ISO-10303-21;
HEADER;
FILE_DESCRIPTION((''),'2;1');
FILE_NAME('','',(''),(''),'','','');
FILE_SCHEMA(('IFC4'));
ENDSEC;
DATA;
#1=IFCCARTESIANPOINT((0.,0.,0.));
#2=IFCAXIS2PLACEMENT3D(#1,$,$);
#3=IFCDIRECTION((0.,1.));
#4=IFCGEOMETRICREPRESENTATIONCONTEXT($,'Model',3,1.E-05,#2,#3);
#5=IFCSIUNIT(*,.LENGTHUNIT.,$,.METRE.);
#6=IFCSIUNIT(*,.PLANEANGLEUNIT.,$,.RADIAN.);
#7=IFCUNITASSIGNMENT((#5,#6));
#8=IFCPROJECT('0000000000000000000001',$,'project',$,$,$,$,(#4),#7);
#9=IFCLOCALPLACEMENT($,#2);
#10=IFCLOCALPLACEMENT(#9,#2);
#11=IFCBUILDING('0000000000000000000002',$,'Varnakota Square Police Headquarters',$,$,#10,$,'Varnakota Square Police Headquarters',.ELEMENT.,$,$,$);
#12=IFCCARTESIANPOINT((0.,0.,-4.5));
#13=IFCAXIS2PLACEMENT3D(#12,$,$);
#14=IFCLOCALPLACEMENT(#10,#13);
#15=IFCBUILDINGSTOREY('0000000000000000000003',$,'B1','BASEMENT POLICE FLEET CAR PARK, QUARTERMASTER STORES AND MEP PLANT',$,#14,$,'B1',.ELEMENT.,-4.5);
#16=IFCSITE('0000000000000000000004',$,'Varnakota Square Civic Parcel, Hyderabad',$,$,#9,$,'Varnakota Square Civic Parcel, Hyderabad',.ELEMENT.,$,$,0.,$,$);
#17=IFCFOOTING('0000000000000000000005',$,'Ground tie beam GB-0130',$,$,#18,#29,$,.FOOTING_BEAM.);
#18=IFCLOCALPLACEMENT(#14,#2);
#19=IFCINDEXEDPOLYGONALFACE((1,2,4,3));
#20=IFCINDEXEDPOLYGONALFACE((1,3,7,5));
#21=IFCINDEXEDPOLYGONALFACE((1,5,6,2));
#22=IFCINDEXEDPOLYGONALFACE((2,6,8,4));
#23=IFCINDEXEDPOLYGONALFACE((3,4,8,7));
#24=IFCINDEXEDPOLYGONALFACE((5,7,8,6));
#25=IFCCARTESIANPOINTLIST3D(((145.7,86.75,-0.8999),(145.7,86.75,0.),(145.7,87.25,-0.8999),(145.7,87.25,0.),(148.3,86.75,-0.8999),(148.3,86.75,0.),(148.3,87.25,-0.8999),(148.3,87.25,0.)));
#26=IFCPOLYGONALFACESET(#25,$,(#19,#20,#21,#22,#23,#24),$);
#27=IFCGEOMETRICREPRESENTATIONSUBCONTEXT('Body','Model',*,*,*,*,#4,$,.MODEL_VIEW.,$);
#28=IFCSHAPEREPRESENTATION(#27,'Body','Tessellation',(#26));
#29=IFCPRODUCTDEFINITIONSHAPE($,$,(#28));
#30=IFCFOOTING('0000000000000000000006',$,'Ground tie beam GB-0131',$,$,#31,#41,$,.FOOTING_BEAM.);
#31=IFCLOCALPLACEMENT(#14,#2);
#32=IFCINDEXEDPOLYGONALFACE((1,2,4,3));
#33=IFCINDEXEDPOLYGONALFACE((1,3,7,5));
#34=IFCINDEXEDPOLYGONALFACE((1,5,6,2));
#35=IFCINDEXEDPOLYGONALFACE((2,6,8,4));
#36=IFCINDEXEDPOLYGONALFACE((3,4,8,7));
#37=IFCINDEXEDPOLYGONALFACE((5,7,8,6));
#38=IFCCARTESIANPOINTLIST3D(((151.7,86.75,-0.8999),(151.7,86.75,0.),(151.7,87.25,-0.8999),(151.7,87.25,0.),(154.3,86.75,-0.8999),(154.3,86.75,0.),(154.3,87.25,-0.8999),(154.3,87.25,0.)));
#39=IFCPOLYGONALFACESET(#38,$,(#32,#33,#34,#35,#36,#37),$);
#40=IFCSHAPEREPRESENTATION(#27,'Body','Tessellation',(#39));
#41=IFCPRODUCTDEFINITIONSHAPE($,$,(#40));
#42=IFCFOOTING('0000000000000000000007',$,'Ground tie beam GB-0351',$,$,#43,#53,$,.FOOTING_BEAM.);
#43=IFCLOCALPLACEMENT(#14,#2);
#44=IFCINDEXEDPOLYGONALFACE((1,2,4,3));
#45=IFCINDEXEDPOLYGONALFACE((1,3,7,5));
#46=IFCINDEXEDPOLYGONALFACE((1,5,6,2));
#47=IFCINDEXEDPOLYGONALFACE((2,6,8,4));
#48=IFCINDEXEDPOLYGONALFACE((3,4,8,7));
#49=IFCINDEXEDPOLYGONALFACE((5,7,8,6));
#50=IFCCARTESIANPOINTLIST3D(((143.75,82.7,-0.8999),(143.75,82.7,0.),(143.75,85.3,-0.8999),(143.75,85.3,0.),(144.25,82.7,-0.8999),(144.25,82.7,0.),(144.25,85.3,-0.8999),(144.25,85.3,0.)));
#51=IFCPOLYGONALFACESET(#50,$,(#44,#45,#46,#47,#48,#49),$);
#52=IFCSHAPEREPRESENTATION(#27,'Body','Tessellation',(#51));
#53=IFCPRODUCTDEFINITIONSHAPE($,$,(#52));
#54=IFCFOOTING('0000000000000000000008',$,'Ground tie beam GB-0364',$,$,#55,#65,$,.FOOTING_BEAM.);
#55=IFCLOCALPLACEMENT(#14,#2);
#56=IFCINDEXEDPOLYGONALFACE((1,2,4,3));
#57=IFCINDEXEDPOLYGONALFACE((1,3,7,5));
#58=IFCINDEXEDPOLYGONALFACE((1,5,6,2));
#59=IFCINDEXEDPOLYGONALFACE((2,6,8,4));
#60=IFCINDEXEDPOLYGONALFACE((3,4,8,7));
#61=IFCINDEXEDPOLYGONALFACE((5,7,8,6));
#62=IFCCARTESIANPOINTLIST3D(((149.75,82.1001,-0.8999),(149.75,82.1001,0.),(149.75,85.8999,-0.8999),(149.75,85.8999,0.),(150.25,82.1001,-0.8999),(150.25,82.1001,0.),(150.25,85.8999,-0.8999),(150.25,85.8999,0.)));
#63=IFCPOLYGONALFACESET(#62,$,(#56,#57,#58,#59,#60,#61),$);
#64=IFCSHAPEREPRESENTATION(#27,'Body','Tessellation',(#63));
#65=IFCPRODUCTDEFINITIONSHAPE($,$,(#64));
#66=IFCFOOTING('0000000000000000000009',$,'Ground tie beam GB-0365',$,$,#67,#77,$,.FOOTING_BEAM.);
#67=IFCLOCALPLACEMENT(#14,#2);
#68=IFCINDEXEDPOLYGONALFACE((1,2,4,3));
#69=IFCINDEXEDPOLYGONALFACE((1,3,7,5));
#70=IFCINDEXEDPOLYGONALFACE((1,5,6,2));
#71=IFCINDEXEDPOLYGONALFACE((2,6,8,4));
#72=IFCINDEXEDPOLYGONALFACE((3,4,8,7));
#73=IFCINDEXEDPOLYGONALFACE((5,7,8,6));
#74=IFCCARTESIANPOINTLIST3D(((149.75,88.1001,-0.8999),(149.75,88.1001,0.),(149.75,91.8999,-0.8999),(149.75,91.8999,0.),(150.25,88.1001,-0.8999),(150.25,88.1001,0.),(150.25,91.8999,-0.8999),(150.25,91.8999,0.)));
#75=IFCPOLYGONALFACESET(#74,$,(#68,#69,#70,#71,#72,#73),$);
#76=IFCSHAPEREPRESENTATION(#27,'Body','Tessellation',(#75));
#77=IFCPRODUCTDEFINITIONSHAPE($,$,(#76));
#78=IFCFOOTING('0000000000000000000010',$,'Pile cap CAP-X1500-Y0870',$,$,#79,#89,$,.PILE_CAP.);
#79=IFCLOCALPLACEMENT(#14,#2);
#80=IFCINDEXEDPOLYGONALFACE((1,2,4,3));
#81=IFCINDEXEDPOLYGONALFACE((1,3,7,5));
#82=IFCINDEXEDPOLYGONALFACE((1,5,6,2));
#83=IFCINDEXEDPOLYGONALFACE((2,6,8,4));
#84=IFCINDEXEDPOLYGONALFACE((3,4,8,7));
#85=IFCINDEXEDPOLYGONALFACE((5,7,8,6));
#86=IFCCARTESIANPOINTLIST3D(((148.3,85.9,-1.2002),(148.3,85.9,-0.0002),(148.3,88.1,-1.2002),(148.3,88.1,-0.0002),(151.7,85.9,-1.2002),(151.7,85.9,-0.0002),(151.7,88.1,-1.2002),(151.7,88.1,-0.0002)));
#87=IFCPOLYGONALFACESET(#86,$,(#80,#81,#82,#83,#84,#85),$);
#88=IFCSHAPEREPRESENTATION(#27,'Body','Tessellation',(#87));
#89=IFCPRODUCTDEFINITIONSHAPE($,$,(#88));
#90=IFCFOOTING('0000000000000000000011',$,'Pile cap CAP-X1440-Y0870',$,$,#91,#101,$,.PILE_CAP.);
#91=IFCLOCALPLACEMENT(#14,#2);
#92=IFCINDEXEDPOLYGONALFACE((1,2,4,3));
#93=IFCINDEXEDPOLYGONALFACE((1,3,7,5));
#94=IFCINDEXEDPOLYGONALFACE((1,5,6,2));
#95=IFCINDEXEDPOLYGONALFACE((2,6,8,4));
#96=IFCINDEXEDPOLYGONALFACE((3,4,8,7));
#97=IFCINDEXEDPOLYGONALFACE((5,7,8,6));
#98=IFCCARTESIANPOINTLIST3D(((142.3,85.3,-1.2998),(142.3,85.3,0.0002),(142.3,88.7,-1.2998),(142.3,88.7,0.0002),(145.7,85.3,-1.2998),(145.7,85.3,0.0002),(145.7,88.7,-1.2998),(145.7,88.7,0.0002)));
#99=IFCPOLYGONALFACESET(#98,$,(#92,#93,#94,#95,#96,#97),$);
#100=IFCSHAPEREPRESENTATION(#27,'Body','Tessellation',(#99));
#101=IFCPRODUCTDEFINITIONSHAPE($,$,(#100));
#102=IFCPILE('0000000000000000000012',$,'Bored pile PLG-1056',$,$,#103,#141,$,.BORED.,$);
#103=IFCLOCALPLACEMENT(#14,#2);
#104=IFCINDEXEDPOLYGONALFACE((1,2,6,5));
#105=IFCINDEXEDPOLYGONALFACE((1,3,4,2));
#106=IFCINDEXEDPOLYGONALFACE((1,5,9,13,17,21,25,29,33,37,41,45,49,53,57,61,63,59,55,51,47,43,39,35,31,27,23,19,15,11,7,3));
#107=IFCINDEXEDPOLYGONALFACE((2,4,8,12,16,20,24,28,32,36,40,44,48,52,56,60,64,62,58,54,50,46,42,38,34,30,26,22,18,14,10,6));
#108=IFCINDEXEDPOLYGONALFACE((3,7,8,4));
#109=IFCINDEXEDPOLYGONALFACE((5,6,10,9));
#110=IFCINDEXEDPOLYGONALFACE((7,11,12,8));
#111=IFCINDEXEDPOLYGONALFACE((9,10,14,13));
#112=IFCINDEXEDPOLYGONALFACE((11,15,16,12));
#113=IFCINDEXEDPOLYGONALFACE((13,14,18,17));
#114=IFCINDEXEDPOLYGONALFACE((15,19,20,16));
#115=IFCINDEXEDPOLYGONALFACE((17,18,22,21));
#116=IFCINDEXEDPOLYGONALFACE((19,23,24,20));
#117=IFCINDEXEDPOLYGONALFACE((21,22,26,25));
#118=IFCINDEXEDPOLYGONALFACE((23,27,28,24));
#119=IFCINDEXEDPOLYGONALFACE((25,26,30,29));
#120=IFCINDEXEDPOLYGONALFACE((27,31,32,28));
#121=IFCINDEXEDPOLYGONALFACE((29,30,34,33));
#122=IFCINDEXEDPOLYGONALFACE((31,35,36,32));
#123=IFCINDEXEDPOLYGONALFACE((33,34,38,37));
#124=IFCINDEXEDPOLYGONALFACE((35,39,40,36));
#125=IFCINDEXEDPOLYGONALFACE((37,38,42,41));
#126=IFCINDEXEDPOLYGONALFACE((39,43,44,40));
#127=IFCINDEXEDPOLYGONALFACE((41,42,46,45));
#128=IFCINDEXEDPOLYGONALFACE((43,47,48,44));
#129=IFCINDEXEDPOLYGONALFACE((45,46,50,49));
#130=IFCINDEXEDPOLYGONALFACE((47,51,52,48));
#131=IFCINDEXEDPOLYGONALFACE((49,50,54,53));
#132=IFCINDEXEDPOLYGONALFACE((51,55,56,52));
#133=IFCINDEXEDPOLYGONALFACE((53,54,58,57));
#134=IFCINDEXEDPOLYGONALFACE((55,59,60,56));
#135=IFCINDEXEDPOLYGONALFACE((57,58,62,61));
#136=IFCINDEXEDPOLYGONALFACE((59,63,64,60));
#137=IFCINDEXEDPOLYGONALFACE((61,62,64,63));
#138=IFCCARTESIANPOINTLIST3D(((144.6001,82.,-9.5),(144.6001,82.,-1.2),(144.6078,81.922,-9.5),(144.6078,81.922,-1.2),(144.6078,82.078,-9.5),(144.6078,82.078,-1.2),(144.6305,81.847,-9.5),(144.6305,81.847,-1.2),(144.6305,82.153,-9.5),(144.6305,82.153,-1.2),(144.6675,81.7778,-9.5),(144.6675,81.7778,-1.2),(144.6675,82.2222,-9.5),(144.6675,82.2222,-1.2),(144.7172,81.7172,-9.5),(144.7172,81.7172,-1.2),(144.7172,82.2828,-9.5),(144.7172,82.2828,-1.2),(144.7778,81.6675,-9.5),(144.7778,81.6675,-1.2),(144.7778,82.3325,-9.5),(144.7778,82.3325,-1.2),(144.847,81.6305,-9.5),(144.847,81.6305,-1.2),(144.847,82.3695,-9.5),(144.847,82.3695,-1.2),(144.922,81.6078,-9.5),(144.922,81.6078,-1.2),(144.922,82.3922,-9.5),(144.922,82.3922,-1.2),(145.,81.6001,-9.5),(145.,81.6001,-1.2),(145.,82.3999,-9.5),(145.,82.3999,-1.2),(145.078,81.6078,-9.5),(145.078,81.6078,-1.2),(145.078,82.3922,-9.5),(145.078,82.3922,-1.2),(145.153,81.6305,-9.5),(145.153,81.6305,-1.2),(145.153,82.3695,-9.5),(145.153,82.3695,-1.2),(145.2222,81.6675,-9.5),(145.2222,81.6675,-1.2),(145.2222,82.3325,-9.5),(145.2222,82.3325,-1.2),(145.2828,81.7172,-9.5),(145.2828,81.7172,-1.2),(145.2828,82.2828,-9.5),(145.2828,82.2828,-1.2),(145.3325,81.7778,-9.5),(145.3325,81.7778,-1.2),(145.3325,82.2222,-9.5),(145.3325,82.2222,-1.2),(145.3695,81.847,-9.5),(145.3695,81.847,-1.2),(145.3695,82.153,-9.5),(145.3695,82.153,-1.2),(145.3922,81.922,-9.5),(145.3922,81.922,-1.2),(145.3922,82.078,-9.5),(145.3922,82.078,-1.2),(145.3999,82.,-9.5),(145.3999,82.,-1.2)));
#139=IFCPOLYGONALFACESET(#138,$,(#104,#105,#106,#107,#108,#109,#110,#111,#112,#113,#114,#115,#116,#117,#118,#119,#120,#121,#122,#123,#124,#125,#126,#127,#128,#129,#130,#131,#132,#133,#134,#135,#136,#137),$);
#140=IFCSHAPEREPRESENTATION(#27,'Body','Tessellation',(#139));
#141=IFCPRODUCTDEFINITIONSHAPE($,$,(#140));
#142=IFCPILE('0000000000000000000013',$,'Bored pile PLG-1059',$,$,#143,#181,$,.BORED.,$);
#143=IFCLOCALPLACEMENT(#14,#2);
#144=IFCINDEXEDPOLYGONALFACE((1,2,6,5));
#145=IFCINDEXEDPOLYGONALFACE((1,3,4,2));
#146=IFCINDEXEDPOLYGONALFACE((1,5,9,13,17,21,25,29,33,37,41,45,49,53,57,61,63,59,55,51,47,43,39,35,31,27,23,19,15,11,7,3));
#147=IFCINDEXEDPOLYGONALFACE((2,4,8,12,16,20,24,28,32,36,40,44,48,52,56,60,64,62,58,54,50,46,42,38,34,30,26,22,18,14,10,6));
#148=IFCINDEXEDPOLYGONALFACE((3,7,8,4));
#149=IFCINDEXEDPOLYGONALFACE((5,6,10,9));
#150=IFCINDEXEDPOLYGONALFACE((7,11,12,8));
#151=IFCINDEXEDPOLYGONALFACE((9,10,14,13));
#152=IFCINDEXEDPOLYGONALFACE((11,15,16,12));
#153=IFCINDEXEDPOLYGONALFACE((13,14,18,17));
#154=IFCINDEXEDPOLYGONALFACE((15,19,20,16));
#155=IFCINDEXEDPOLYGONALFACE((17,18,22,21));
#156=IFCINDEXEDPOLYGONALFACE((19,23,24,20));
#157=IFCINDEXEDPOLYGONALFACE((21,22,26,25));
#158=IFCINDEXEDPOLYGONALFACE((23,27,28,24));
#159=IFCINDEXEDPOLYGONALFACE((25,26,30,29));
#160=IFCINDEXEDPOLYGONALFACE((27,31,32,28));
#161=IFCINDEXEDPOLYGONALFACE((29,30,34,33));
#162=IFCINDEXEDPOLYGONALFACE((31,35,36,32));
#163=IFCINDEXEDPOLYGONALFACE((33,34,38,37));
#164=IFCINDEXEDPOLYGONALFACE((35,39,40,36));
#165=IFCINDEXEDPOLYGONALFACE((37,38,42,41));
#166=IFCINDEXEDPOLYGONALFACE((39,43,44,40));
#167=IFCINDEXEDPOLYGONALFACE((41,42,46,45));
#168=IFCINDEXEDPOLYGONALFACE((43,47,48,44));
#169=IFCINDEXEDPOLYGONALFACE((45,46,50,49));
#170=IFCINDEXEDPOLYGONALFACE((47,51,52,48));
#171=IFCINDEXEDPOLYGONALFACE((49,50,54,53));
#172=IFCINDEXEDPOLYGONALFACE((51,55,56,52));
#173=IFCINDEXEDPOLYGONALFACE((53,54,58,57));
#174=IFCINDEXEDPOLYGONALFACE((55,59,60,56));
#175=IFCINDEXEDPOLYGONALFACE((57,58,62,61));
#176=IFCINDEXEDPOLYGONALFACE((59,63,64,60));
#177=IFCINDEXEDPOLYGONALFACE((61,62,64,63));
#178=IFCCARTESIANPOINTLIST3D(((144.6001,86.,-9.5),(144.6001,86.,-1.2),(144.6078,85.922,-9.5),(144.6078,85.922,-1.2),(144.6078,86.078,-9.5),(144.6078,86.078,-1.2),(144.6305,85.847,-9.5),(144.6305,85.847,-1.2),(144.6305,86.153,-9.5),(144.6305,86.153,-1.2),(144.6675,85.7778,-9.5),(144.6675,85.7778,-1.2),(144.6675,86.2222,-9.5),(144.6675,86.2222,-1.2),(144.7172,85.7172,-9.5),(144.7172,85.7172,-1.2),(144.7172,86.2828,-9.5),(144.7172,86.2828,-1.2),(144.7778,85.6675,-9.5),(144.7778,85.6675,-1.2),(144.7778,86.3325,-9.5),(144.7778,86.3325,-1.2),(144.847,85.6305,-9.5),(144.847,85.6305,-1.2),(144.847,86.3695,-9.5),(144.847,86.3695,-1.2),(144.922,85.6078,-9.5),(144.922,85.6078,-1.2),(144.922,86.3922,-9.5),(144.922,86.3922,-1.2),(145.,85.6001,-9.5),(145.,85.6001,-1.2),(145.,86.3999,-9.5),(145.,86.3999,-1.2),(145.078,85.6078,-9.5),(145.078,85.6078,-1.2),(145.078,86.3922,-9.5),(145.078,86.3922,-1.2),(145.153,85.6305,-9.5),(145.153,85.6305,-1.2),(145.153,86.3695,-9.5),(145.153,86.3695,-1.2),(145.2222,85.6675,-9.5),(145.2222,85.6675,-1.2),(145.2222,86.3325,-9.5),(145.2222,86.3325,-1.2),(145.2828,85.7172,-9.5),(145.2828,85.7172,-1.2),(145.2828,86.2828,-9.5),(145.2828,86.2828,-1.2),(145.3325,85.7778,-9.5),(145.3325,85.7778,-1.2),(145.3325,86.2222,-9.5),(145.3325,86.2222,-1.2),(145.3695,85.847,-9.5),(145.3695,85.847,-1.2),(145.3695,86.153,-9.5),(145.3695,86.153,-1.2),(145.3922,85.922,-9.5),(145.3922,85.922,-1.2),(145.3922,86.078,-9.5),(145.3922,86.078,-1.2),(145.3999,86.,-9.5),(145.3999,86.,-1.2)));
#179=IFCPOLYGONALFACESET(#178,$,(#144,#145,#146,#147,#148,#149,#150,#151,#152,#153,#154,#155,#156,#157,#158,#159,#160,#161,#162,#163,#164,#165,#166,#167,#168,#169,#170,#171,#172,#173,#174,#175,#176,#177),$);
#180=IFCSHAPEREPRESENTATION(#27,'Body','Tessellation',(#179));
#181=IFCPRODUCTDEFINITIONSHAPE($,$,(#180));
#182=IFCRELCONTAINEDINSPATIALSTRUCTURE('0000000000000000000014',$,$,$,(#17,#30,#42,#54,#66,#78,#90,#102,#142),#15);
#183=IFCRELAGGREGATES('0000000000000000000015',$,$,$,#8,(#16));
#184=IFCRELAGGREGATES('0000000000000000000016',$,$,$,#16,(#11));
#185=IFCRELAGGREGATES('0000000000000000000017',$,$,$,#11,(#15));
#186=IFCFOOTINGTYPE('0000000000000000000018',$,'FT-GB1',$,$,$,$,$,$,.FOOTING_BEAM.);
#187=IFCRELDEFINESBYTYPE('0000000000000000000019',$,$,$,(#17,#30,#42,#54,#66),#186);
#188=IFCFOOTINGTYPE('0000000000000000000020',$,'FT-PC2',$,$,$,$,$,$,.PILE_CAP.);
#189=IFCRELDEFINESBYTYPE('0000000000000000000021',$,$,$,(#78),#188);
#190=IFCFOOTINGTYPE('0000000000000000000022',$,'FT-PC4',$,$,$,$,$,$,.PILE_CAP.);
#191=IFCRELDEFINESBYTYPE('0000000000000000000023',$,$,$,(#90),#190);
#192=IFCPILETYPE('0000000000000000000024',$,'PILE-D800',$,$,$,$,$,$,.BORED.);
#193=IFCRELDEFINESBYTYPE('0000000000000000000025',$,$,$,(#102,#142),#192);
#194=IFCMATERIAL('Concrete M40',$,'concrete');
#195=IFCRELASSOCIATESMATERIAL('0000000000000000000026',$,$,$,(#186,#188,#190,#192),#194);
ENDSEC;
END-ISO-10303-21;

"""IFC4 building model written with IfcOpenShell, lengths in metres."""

from ifc_helpers import new_model, si_unit, direction, frame, origin, origin_2d, place, context, subcontext, project, spatial, rectangle, circle, extrude, material, material_profile, profile_set, type_object, element, save


model = new_model("IFC4")

# Units and contexts
model_context = context("Model", 3, precision=1e-05, world=origin(), true_north=direction((0.0, 1.0)))
body_context = subcontext(model_context, "Body", "Model", "MODEL_VIEW")
ifc_project = project(units=[si_unit("LENGTHUNIT", "METRE"), si_unit("PLANEANGLEUNIT", "RADIAN")], contexts=[model_context])

# Site, building, storey
site_placement = place(None, origin())
site = spatial("IfcSite", under=ifc_project, at=site_placement, Name="Varnakota Square Civic Parcel, Hyderabad", LongName="Varnakota Square Civic Parcel, Hyderabad", CompositionType="ELEMENT", RefElevation=0.0)
building_placement = place(site_placement, origin())
building = spatial("IfcBuilding", under=site, at=building_placement, Name="Varnakota Square Police Headquarters", LongName="Varnakota Square Police Headquarters", CompositionType="ELEMENT")
storey_placement = place(building_placement, frame((0.0, 0.0, -4.5)))
storey = spatial("IfcBuildingStorey", under=building, at=storey_placement, Name="B1", Description="BASEMENT POLICE FLEET CAR PARK, QUARTERMASTER STORES AND MEP PLANT", LongName="B1", CompositionType="ELEMENT", Elevation=-4.5)

# Footings
ifc_material_1 = material(Name="Concrete M40", Category="concrete")
ifc_material_profile_1 = material_profile(ifc_material_1, rectangle(XDim=0.5, YDim=0.8999, at=origin_2d()), Name="GB 500x900")
ifc_profile_set_1 = profile_set([ifc_material_profile_1], Name="Concrete M40")
footing_type_1 = type_object("IfcFootingType", Name="FT-GB1", PredefinedType="FOOTING_BEAM", material=ifc_profile_set_1)
for number, where, z_axis, x_axis, name in (
    (1, (145.7, 87.0, -0.45), (1.0, 0.0, 0.0), (0.0, 1.0, 0.0), "Ground tie beam GB-0130"),
    (2, (151.7, 87.0, -0.45), (1.0, 0.0, 0.0), (0.0, 1.0, 0.0), "Ground tie beam GB-0131"),
    (3, (144.0, 82.7, -0.45), (0.0, 1.0, 0.0), (-1.0, 0.0, 0.0), "Ground tie beam GB-0351"),
):
    element("IfcFooting", number, at=place(storey_placement, frame(where, z_axis=z_axis, x_axis=x_axis)), inside=storey, type_object=footing_type_1, Name=name, PredefinedType="FOOTING_BEAM", context=body_context, shape_type="SweptSolid", body=[
        extrude(rectangle(XDim=0.5, YDim=0.8999, at=origin_2d()), origin(), (0.0, 0.0, 1.0), 2.6001),
    ])
for number, where, z_axis, x_axis, name in (
    (4, (150.0, 82.1001, -0.45), (0.0, 1.0, 0.0), (-1.0, 0.0, 0.0), "Ground tie beam GB-0364"),
    (5, (150.0, 88.1001, -0.45), (0.0, 1.0, 0.0), (-1.0, 0.0, 0.0), "Ground tie beam GB-0365"),
):
    element("IfcFooting", number, at=place(storey_placement, frame(where, z_axis=z_axis, x_axis=x_axis)), inside=storey, type_object=footing_type_1, Name=name, PredefinedType="FOOTING_BEAM", context=body_context, shape_type="SweptSolid", body=[
        extrude(rectangle(XDim=0.5, YDim=0.8999, at=origin_2d()), origin(), (0.0, 0.0, 1.0), 3.7998),
    ])
footing_type_2 = type_object("IfcFootingType", Name="FT-PC2", PredefinedType="PILE_CAP", material=ifc_material_1)
footing_1_placement = place(storey_placement, frame((150.0, 87.0, -1.2002), z_axis=(0.0, 0.0, 1.0), x_axis=(1.0, 0.0, 0.0)))
element("IfcFooting", 6, at=footing_1_placement, inside=storey, type_object=footing_type_2, Name="Pile cap CAP-X1500-Y0870", PredefinedType="PILE_CAP", context=body_context, shape_type="SweptSolid", body=[
    extrude(rectangle(XDim=3.3999, YDim=2.2, at=origin_2d()), origin(), (0.0, 0.0, 1.0), 1.2),
])
footing_type_3 = type_object("IfcFootingType", Name="FT-PC4", PredefinedType="PILE_CAP", material=ifc_material_1)
footing_2_placement = place(storey_placement, frame((144.0, 87.0, -1.2998), z_axis=(0.0, 0.0, 1.0), x_axis=(1.0, 0.0, 0.0)))
element("IfcFooting", 7, at=footing_2_placement, inside=storey, type_object=footing_type_3, Name="Pile cap CAP-X1440-Y0870", PredefinedType="PILE_CAP", context=body_context, shape_type="SweptSolid", body=[
    extrude(rectangle(XDim=3.3999, YDim=3.3999, at=origin_2d()), origin(), (0.0, 0.0, 1.0), 1.3),
])

# Piles
ifc_material_profile_2 = material_profile(ifc_material_1, circle(Radius=0.3999, at=origin_2d()), Name="BORED PILE 800")
ifc_profile_set_2 = profile_set([ifc_material_profile_2], Name="Concrete M40")
pile_type = type_object("IfcPileType", Name="PILE-D800", PredefinedType="BORED", material=ifc_profile_set_2)
for number, where, z_axis, x_axis, name in (
    (8, (145.0, 82.0, -1.2), (0.0, 0.0, -1.0), (1.0, 0.0, 0.0), "Bored pile PLG-1056"),
    (9, (145.0, 86.0, -1.2), (0.0, 0.0, -1.0), (1.0, 0.0, 0.0), "Bored pile PLG-1059"),
):
    element("IfcPile", number, at=place(storey_placement, frame(where, z_axis=z_axis, x_axis=x_axis)), inside=storey, type_object=pile_type, Name=name, PredefinedType="BORED", context=body_context, shape_type="SweptSolid", body=[
        extrude(circle(Radius=0.3999, at=origin_2d()), origin(), (0.0, 0.0, 1.0), 8.3),
    ])

save(model, "model.ifc")
